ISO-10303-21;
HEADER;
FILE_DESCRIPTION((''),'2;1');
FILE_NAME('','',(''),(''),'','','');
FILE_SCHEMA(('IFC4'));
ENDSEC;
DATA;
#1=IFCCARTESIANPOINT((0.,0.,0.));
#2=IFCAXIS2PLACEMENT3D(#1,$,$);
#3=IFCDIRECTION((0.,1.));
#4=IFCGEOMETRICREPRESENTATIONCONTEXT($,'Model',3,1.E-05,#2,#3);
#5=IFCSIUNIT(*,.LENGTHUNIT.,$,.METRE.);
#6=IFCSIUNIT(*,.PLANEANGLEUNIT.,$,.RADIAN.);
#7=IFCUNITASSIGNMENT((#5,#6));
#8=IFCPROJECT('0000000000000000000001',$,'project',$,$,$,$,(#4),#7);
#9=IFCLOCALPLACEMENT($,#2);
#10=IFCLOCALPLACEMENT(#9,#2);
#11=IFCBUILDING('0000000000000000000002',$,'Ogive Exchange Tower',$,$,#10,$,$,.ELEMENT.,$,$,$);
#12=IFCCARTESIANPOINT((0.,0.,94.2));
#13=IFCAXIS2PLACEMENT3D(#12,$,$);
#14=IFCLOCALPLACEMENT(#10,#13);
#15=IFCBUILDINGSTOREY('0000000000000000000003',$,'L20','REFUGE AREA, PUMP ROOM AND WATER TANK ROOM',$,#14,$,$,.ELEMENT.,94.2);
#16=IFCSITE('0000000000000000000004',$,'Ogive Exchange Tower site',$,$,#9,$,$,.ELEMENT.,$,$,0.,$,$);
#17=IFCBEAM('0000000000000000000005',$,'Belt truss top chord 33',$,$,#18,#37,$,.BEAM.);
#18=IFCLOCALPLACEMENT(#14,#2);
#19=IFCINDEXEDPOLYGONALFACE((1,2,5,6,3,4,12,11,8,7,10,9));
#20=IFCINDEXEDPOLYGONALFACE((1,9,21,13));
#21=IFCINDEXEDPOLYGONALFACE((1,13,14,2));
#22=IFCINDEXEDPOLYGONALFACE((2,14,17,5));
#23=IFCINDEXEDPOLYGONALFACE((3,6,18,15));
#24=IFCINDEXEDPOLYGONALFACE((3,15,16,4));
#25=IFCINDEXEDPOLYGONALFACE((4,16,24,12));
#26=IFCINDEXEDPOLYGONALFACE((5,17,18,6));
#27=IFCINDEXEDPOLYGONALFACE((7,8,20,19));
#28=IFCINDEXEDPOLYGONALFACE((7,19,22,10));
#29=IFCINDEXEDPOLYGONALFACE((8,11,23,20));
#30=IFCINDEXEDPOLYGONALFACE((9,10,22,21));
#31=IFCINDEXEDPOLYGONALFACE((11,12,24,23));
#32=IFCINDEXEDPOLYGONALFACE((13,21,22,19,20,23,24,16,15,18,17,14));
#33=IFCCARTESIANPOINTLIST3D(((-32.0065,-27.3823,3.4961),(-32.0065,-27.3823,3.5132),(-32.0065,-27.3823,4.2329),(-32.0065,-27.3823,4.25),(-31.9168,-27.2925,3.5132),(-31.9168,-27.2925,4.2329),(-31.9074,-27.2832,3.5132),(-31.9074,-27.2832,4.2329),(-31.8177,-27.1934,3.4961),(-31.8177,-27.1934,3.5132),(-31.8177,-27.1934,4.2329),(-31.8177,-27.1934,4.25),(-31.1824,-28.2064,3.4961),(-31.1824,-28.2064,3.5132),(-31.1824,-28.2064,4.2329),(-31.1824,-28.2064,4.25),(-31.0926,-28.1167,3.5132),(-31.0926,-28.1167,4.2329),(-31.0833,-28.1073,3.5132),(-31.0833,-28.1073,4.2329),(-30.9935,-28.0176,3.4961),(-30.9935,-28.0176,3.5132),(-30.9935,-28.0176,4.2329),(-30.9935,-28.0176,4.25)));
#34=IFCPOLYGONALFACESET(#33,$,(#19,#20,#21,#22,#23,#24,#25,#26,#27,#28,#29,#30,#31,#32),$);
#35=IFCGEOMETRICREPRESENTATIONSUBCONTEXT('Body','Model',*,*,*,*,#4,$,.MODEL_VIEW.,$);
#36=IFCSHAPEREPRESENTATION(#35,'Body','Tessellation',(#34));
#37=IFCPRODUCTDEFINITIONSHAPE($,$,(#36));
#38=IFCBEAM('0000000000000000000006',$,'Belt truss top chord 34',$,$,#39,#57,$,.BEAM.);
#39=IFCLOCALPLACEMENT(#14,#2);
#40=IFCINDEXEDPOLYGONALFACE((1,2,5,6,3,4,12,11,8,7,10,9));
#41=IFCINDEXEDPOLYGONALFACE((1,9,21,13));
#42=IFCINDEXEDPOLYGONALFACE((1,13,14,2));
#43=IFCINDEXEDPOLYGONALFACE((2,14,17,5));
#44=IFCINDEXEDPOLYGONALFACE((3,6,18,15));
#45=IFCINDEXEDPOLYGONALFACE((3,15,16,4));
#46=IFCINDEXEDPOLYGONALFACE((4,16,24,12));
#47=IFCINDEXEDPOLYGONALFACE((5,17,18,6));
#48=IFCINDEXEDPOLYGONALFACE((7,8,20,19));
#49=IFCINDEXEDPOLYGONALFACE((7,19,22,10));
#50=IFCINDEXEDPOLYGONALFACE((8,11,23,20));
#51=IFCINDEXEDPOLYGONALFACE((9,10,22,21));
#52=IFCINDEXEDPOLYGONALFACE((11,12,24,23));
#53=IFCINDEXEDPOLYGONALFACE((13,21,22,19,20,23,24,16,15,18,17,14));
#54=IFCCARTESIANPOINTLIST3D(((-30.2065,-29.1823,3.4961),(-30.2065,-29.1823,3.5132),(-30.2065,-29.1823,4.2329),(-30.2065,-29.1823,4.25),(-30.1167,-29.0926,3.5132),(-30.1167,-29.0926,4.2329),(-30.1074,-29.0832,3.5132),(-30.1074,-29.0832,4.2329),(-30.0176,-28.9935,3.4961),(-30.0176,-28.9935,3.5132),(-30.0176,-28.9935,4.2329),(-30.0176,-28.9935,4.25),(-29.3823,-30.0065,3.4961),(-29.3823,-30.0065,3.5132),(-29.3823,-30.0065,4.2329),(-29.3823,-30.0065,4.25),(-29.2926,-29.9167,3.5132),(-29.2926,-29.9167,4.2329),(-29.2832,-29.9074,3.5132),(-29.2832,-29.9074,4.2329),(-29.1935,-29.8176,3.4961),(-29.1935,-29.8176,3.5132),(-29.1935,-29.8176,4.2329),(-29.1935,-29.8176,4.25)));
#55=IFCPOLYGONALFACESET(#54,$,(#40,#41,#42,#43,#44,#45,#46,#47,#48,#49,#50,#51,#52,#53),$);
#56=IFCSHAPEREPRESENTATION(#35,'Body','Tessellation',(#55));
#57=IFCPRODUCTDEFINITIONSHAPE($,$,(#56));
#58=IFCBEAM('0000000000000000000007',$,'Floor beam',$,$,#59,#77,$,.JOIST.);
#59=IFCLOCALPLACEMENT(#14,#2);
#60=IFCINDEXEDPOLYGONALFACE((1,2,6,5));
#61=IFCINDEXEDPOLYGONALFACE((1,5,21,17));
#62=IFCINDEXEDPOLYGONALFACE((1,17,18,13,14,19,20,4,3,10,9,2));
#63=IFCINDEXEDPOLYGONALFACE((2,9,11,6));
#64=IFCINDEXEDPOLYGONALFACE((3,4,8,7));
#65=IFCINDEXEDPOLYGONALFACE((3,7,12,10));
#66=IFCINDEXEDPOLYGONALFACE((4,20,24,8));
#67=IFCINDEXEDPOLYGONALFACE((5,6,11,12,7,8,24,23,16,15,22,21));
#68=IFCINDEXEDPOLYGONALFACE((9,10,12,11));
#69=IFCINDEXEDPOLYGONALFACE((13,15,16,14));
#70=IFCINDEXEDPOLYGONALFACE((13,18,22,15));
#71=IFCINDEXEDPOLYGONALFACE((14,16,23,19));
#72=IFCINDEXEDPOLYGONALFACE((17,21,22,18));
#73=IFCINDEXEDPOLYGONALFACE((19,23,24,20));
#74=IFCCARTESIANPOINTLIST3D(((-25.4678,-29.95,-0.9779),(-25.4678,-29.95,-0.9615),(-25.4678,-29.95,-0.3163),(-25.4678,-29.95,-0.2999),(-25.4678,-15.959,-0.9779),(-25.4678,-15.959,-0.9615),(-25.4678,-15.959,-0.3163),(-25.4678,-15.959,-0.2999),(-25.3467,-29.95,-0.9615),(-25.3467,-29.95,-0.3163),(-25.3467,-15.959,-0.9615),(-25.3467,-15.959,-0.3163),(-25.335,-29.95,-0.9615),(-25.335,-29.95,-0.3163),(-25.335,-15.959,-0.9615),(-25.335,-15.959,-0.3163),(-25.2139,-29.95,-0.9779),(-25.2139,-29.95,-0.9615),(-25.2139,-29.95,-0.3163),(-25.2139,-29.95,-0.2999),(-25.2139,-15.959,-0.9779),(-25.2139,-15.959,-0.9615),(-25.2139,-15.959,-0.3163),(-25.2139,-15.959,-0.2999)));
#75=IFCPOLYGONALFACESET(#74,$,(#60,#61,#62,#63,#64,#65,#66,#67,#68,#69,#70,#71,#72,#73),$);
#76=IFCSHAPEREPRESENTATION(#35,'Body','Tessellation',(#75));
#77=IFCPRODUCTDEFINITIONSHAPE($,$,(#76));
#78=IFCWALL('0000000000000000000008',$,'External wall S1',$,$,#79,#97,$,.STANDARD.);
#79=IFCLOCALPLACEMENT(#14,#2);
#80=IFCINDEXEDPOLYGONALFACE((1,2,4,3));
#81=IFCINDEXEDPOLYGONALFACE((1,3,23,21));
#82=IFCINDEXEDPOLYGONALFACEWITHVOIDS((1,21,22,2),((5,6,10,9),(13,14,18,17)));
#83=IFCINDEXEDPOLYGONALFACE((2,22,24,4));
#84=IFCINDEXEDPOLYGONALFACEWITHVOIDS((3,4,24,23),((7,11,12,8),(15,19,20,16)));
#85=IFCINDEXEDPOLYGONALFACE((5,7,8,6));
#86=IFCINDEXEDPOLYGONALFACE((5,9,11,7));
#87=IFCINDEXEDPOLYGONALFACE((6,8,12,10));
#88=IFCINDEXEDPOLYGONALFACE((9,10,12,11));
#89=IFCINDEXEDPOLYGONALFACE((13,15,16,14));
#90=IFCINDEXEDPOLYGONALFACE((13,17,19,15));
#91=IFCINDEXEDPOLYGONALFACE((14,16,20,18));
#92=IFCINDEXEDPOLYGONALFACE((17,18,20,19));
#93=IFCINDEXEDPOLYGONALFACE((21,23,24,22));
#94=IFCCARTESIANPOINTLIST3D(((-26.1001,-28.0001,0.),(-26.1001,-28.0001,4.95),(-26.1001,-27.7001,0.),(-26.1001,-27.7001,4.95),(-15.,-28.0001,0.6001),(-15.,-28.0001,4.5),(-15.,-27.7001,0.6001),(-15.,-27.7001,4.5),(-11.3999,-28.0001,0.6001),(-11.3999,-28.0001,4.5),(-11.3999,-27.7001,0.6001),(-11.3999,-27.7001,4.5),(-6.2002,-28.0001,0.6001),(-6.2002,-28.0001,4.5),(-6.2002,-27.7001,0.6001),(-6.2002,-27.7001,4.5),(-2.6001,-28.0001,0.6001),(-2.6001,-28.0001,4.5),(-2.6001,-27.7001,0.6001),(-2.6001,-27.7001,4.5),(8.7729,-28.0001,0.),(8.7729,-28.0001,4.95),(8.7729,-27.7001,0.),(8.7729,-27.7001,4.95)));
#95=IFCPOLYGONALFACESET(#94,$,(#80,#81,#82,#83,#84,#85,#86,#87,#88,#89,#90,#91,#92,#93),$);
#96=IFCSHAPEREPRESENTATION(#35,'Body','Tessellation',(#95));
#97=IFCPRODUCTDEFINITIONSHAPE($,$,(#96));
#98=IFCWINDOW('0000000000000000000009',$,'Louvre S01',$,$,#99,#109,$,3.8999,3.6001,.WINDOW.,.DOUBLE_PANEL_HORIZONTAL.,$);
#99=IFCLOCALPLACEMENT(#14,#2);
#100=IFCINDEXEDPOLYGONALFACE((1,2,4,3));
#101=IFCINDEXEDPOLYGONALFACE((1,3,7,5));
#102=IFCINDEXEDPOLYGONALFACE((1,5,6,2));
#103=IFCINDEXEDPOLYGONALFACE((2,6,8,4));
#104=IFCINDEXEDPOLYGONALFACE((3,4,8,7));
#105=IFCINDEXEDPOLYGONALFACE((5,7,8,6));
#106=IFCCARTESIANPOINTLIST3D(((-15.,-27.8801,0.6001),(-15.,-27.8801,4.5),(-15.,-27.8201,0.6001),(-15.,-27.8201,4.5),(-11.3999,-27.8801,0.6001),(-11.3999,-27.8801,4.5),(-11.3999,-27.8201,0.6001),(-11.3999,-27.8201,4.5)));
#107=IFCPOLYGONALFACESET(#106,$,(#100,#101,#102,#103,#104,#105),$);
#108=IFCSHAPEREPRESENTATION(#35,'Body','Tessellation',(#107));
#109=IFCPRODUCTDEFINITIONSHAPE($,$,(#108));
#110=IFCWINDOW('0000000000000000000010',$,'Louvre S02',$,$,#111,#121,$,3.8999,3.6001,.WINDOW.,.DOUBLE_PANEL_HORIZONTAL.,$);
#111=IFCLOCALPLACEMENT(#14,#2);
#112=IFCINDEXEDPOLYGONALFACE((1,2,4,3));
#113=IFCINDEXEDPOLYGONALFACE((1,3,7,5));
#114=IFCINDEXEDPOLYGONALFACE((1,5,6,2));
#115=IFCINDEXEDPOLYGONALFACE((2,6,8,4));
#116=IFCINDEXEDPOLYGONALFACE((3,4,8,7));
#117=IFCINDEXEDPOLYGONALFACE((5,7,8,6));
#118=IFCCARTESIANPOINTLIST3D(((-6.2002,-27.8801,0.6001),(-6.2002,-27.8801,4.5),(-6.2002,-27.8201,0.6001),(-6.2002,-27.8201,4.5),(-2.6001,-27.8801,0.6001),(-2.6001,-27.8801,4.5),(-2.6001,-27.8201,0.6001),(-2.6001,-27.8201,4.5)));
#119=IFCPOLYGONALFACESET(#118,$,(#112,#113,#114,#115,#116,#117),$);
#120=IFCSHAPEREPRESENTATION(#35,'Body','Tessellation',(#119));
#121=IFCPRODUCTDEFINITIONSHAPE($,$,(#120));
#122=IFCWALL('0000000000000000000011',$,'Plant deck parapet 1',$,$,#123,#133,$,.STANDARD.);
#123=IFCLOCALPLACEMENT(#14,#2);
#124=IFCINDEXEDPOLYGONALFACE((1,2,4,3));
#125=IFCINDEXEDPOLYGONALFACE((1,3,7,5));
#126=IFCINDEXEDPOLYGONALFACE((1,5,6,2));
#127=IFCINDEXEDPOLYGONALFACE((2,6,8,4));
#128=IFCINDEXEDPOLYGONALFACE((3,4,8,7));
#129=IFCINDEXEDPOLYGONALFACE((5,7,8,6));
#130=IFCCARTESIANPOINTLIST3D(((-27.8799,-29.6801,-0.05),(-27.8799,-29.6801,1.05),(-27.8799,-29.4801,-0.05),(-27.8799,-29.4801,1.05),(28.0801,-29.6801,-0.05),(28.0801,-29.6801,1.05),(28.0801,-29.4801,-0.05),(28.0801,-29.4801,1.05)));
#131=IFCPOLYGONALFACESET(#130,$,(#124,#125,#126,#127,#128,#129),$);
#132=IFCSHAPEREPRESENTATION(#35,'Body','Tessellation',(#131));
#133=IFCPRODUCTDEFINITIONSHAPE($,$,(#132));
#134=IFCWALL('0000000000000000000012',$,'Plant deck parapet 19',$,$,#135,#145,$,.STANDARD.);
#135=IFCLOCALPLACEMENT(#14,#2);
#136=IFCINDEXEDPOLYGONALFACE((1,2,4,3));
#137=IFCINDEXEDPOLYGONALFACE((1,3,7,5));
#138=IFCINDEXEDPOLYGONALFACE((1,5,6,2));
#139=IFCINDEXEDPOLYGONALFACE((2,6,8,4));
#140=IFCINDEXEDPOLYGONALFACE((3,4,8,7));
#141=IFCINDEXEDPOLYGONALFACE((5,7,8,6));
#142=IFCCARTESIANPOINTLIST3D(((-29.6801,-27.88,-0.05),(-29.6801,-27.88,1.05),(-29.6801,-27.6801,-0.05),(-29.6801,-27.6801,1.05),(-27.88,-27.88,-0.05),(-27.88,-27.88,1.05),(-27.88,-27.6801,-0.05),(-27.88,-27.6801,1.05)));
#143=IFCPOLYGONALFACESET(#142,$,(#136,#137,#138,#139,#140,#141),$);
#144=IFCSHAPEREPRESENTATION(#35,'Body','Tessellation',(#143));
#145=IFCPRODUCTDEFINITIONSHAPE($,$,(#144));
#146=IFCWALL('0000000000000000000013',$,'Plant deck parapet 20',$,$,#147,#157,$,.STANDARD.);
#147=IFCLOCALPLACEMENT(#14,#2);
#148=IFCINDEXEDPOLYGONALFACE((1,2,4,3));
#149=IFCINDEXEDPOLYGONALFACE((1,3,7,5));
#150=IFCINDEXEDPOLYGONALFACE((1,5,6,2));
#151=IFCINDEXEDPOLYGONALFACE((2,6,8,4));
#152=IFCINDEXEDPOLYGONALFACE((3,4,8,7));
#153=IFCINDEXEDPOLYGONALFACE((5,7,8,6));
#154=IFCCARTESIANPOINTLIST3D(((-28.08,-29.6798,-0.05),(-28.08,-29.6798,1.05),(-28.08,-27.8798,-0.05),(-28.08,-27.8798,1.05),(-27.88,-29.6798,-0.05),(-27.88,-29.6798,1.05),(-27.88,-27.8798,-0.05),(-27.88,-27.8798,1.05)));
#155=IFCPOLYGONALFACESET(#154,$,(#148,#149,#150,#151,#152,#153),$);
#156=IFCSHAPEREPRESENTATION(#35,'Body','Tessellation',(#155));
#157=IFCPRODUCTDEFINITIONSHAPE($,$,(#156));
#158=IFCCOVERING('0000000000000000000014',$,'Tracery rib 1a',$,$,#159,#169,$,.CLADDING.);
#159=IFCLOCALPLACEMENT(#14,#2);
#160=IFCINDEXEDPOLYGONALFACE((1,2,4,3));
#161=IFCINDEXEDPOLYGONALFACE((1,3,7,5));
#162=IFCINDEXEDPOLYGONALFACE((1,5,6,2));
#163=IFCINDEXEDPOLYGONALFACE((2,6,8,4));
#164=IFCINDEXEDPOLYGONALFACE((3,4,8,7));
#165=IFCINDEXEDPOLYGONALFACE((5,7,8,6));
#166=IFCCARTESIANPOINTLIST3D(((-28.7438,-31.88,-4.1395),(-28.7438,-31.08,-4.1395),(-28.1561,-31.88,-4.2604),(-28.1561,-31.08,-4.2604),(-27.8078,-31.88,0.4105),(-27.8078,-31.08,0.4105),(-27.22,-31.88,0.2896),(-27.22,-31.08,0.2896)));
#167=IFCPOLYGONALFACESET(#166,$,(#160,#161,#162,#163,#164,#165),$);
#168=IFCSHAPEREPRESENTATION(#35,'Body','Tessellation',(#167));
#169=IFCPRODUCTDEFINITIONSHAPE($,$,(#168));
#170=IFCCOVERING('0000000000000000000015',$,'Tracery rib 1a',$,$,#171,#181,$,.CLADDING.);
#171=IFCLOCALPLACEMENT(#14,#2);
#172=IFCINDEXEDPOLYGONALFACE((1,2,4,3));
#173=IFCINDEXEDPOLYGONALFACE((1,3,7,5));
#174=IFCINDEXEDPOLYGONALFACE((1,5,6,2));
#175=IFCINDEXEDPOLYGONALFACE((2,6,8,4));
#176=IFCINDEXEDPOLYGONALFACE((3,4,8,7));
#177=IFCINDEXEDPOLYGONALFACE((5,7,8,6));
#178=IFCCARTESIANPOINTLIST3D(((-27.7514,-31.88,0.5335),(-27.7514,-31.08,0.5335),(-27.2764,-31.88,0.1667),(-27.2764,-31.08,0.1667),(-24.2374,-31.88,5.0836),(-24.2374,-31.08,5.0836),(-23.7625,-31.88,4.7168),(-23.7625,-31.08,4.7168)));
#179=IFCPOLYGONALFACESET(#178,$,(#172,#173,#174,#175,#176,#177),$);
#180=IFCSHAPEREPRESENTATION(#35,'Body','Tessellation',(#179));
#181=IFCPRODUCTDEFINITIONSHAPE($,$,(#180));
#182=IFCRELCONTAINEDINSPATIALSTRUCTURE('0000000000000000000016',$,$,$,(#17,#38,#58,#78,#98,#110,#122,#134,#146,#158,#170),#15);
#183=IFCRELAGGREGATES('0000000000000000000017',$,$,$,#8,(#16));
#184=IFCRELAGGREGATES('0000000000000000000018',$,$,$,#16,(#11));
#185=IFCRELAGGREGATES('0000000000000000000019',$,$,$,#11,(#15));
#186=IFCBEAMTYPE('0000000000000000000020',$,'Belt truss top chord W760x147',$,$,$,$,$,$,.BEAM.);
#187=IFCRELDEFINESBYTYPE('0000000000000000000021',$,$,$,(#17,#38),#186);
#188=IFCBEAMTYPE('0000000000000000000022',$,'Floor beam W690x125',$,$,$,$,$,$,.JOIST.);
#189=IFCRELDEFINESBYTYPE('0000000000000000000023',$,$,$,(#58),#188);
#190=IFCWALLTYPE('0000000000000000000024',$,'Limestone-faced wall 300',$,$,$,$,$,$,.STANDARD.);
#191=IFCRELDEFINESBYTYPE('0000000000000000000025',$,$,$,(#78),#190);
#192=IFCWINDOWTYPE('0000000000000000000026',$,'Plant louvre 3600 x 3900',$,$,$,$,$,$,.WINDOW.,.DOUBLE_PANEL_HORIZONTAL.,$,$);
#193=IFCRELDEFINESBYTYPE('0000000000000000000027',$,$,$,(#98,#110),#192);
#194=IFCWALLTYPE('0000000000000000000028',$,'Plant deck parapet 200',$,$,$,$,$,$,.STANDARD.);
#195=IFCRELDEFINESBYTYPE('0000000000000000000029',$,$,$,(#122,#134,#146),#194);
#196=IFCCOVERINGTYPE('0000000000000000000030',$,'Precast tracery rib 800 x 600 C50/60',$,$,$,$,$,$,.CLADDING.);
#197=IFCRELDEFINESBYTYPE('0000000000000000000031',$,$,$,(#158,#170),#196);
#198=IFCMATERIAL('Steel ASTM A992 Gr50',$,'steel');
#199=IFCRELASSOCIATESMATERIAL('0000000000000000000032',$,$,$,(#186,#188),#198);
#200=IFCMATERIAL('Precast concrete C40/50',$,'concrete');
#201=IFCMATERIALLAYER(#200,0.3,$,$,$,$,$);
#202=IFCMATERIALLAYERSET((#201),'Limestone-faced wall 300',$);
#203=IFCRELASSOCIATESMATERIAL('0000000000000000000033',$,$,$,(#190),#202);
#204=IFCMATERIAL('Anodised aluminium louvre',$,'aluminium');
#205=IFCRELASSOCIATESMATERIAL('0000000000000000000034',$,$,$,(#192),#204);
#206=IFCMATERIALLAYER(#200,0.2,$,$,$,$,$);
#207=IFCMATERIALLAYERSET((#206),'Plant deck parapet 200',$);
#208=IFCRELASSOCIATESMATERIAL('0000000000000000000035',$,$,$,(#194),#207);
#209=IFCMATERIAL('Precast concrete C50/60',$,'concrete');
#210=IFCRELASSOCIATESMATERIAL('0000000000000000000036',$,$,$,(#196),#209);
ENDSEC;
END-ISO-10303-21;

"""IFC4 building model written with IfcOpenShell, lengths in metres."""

from ifc_helpers import new_model, si_unit, direction, frame, frame_2d, origin, origin_2d, place, context, subcontext, project, spatial, rectangle, i_section, extrude, material, layer, layer_set, material_profile, profile_set, type_object, element, fill, save


model = new_model("IFC4")

# Units and contexts
model_context = context("Model", 3, precision=1e-05, world=origin(), true_north=direction((0.0, 1.0)))
body_context = subcontext(model_context, "Body", "Model", "MODEL_VIEW")
ifc_project = project(units=[si_unit("LENGTHUNIT", "METRE"), si_unit("PLANEANGLEUNIT", "RADIAN")], contexts=[model_context])

# Site, building, storey
site_placement = place(None, origin())
site = spatial("IfcSite", under=ifc_project, at=site_placement, Name="Ogive Exchange Tower site", CompositionType="ELEMENT", RefElevation=0.0)
building_placement = place(site_placement, origin())
building = spatial("IfcBuilding", under=site, at=building_placement, Name="Ogive Exchange Tower", CompositionType="ELEMENT")
storey_placement = place(building_placement, frame((0.0, 0.0, 94.2)))
storey = spatial("IfcBuildingStorey", under=building, at=storey_placement, Name="L20", Description="REFUGE AREA, PUMP ROOM AND WATER TANK ROOM", CompositionType="ELEMENT", Elevation=94.2)

# Shared definitions
ifc_material_1 = material(Name="Steel ASTM A992 Gr50", Category="steel")

# Beams
ifc_material_profile_1 = material_profile(ifc_material_1, i_section(OverallWidth=0.2671, OverallDepth=0.7539, WebThickness=0.0132, FlangeThickness=0.0171, at=origin_2d()), Name="W760x147")
ifc_profile_set_1 = profile_set([ifc_material_profile_1], Name="Steel ASTM A992 Gr50")
beam_type_1 = type_object("IfcBeamType", Name="Belt truss top chord W760x147", PredefinedType="BEAM", material=ifc_profile_set_1)
for number, where, z_axis, x_axis, name in (
    (1, (-31.9121, -27.2878, 3.873), (0.707107, -0.707107, 0.0), (0.707107, 0.707107, 0.0), "Belt truss top chord 33"),
    (2, (-30.1121, -29.0879, 3.873), (0.707107, -0.707107, 0.0), (0.707107, 0.707107, 0.0), "Belt truss top chord 34"),
):
    element("IfcBeam", number, at=place(storey_placement, frame(where, z_axis=z_axis, x_axis=x_axis)), inside=storey, type_object=beam_type_1, Name=name, PredefinedType="BEAM", context=body_context, shape_type="SweptSolid", body=[
        extrude(i_section(OverallWidth=0.2671, OverallDepth=0.7539, WebThickness=0.0132, FlangeThickness=0.0171, at=origin_2d()), origin(), (0.0, 0.0, 1.0), 1.1655),
    ])
ifc_material_profile_2 = material_profile(ifc_material_1, i_section(OverallWidth=0.2539, OverallDepth=0.678, WebThickness=0.0117, FlangeThickness=0.0164, at=origin_2d()), Name="W690x125")
ifc_profile_set_2 = profile_set([ifc_material_profile_2], Name="Steel ASTM A992 Gr50")
beam_type_2 = type_object("IfcBeamType", Name="Floor beam W690x125", PredefinedType="JOIST", material=ifc_profile_set_2)
beam_1_placement = place(storey_placement, frame((-25.3408, -29.95, -0.6389), z_axis=(0.0, 1.0, 0.0), x_axis=(-1.0, 0.0, 0.0)))
element("IfcBeam", 3, at=beam_1_placement, inside=storey, type_object=beam_type_2, Name="Floor beam", PredefinedType="JOIST", context=body_context, shape_type="SweptSolid", body=[
    extrude(i_section(OverallWidth=0.2539, OverallDepth=0.678, WebThickness=0.0117, FlangeThickness=0.0164, at=origin_2d()), origin(), (0.0, 0.0, 1.0), 13.991),
])

# Wall, openings, windows
ifc_material_2 = material(Name="Precast concrete C40/50", Category="concrete")
ifc_layer_1 = layer(ifc_material_2, 0.3)
ifc_layer_set_1 = layer_set([ifc_layer_1], Name="Limestone-faced wall 300")
wall_type_1 = type_object("IfcWallType", Name="Limestone-faced wall 300", PredefinedType="STANDARD", material=ifc_layer_set_1)
wall_1_placement = place(storey_placement, frame((-26.1001, -27.8501, 0.0), z_axis=(0.0, 0.0, 1.0), x_axis=(1.0, 0.0, 0.0)))
wall_1 = element("IfcWall", 4, at=wall_1_placement, inside=storey, type_object=wall_type_1, Name="External wall S1", PredefinedType="STANDARD", context=body_context, shape_type="SweptSolid", body=[
    extrude(rectangle(XDim=34.873, YDim=0.3, at=frame_2d((17.4365, 0.0))), origin(), (0.0, 0.0, 1.0), 4.95),
])
opening_1_placement = place(wall_1_placement, frame((11.1001, 0.0, 0.6001)))
opening_1 = element("IfcOpeningElement", 5, at=opening_1_placement, cuts=wall_1, PredefinedType="OPENING", context=body_context, shape_type="SweptSolid", body=[
    extrude(rectangle(XDim=3.6001, YDim=3.8999, at=frame_2d((1.8, 1.95))), frame((0.0, 0.1599, 0.0), z_axis=(0.0, -1.0, 0.0), x_axis=(1.0, 0.0, 0.0)), (0.0, 0.0, 1.0), 0.3201),
])
opening_2_placement = place(wall_1_placement, frame((19.8999, 0.0, 0.6001)))
opening_2 = element("IfcOpeningElement", 6, at=opening_2_placement, cuts=wall_1, PredefinedType="OPENING", context=body_context, shape_type="SweptSolid", body=[
    extrude(rectangle(XDim=3.6001, YDim=3.8999, at=frame_2d((1.8, 1.95))), frame((0.0, 0.1599, 0.0), z_axis=(0.0, -1.0, 0.0), x_axis=(1.0, 0.0, 0.0)), (0.0, 0.0, 1.0), 0.3201),
])
ifc_material_3 = material(Name="Anodised aluminium louvre", Category="aluminium")
window_type = type_object("IfcWindowType", Name="Plant louvre 3600 x 3900", PartitioningType="DOUBLE_PANEL_HORIZONTAL", PredefinedType="WINDOW", material=ifc_material_3)
window_1_placement = place(opening_1_placement, origin())
window_1 = element("IfcWindow", 7, at=window_1_placement, inside=storey, type_object=window_type, Name="Louvre S01", OverallHeight=3.8999, OverallWidth=3.6001, PartitioningType="DOUBLE_PANEL_HORIZONTAL", PredefinedType="WINDOW", context=body_context, shape_type="SweptSolid", body=[
    extrude(rectangle(XDim=3.6001, YDim=3.8999, at=frame_2d((1.8, 1.95))), frame((0.0, 0.03, 0.0), z_axis=(0.0, -1.0, 0.0), x_axis=(1.0, 0.0, 0.0)), (0.0, 0.0, 1.0), 0.0601),
])
fill(opening_1, window_1)
window_2_placement = place(opening_2_placement, origin())
window_2 = element("IfcWindow", 8, at=window_2_placement, inside=storey, type_object=window_type, Name="Louvre S02", OverallHeight=3.8999, OverallWidth=3.6001, PartitioningType="DOUBLE_PANEL_HORIZONTAL", PredefinedType="WINDOW", context=body_context, shape_type="SweptSolid", body=[
    extrude(rectangle(XDim=3.6001, YDim=3.8999, at=frame_2d((1.8, 1.95))), frame((0.0, 0.03, 0.0), z_axis=(0.0, -1.0, 0.0), x_axis=(1.0, 0.0, 0.0)), (0.0, 0.0, 1.0), 0.0601),
])
fill(opening_2, window_2)

# Walls
ifc_layer_2 = layer(ifc_material_2, 0.2)
ifc_layer_set_2 = layer_set([ifc_layer_2], Name="Plant deck parapet 200")
wall_type_2 = type_object("IfcWallType", Name="Plant deck parapet 200", PredefinedType="STANDARD", material=ifc_layer_set_2)
wall_2_placement = place(storey_placement, frame((-27.8799, -29.5801, -0.05), z_axis=(0.0, 0.0, 1.0), x_axis=(1.0, 0.0, 0.0)))
element("IfcWall", 9, at=wall_2_placement, inside=storey, type_object=wall_type_2, Name="Plant deck parapet 1", PredefinedType="STANDARD", context=body_context, shape_type="SweptSolid", body=[
    extrude(rectangle(XDim=55.96, YDim=0.2, at=frame_2d((27.98, 0.0))), origin(), (0.0, 0.0, 1.0), 1.1001),
])
for number, where, z_axis, x_axis, name in (
    (10, (-29.6799, -27.78, -0.05), (0.0, 0.0, 1.0), (1.0, 0.0, 0.0), "Plant deck parapet 19"),
    (11, (-27.98, -27.8799, -0.05), (0.0, 0.0, 1.0), (0.0, -1.0, 0.0), "Plant deck parapet 20"),
):
    element("IfcWall", number, at=place(storey_placement, frame(where, z_axis=z_axis, x_axis=x_axis)), inside=storey, type_object=wall_type_2, Name=name, PredefinedType="STANDARD", context=body_context, shape_type="SweptSolid", body=[
        extrude(rectangle(XDim=1.8, YDim=0.2, at=frame_2d((0.8999, 0.0))), origin(), (0.0, 0.0, 1.0), 1.1001),
    ])

# Coverings
ifc_material_4 = material(Name="Precast concrete C50/60", Category="concrete")
ifc_material_profile_3 = material_profile(ifc_material_4, rectangle(XDim=0.8, YDim=0.6001, at=origin_2d()), Name="RIB 800 x 600")
ifc_profile_set_3 = profile_set([ifc_material_profile_3], Name="Precast concrete C50/60")
covering_type = type_object("IfcCoveringType", Name="Precast tracery rib 800 x 600 C50/60", PredefinedType="CLADDING", material=ifc_profile_set_3)
covering_1_placement = place(storey_placement, frame((-28.45, -31.48, -4.2), z_axis=(0.2015, 0.0, 0.979488), x_axis=(0.0, 1.0, 0.0)))
element("IfcCovering", 12, at=covering_1_placement, inside=storey, type_object=covering_type, Name="Tracery rib 1a", PredefinedType="CLADDING", context=body_context, shape_type="SweptSolid", body=[
    extrude(rectangle(XDim=0.8, YDim=0.6001, at=origin_2d()), origin(), (0.0, 0.0, 1.0), 4.6453),
])
covering_2_placement = place(storey_placement, frame((-27.5139, -31.48, 0.3501), z_axis=(0.611226, 0.0, 0.791456), x_axis=(0.0, 1.0, 0.0)))
element("IfcCovering", 13, at=covering_2_placement, inside=storey, type_object=covering_type, Name="Tracery rib 1a", PredefinedType="CLADDING", context=body_context, shape_type="SweptSolid", body=[
    extrude(rectangle(XDim=0.8, YDim=0.6001, at=origin_2d()), origin(), (0.0, 0.0, 1.0), 5.749),
])

save(model, "model.ifc")
